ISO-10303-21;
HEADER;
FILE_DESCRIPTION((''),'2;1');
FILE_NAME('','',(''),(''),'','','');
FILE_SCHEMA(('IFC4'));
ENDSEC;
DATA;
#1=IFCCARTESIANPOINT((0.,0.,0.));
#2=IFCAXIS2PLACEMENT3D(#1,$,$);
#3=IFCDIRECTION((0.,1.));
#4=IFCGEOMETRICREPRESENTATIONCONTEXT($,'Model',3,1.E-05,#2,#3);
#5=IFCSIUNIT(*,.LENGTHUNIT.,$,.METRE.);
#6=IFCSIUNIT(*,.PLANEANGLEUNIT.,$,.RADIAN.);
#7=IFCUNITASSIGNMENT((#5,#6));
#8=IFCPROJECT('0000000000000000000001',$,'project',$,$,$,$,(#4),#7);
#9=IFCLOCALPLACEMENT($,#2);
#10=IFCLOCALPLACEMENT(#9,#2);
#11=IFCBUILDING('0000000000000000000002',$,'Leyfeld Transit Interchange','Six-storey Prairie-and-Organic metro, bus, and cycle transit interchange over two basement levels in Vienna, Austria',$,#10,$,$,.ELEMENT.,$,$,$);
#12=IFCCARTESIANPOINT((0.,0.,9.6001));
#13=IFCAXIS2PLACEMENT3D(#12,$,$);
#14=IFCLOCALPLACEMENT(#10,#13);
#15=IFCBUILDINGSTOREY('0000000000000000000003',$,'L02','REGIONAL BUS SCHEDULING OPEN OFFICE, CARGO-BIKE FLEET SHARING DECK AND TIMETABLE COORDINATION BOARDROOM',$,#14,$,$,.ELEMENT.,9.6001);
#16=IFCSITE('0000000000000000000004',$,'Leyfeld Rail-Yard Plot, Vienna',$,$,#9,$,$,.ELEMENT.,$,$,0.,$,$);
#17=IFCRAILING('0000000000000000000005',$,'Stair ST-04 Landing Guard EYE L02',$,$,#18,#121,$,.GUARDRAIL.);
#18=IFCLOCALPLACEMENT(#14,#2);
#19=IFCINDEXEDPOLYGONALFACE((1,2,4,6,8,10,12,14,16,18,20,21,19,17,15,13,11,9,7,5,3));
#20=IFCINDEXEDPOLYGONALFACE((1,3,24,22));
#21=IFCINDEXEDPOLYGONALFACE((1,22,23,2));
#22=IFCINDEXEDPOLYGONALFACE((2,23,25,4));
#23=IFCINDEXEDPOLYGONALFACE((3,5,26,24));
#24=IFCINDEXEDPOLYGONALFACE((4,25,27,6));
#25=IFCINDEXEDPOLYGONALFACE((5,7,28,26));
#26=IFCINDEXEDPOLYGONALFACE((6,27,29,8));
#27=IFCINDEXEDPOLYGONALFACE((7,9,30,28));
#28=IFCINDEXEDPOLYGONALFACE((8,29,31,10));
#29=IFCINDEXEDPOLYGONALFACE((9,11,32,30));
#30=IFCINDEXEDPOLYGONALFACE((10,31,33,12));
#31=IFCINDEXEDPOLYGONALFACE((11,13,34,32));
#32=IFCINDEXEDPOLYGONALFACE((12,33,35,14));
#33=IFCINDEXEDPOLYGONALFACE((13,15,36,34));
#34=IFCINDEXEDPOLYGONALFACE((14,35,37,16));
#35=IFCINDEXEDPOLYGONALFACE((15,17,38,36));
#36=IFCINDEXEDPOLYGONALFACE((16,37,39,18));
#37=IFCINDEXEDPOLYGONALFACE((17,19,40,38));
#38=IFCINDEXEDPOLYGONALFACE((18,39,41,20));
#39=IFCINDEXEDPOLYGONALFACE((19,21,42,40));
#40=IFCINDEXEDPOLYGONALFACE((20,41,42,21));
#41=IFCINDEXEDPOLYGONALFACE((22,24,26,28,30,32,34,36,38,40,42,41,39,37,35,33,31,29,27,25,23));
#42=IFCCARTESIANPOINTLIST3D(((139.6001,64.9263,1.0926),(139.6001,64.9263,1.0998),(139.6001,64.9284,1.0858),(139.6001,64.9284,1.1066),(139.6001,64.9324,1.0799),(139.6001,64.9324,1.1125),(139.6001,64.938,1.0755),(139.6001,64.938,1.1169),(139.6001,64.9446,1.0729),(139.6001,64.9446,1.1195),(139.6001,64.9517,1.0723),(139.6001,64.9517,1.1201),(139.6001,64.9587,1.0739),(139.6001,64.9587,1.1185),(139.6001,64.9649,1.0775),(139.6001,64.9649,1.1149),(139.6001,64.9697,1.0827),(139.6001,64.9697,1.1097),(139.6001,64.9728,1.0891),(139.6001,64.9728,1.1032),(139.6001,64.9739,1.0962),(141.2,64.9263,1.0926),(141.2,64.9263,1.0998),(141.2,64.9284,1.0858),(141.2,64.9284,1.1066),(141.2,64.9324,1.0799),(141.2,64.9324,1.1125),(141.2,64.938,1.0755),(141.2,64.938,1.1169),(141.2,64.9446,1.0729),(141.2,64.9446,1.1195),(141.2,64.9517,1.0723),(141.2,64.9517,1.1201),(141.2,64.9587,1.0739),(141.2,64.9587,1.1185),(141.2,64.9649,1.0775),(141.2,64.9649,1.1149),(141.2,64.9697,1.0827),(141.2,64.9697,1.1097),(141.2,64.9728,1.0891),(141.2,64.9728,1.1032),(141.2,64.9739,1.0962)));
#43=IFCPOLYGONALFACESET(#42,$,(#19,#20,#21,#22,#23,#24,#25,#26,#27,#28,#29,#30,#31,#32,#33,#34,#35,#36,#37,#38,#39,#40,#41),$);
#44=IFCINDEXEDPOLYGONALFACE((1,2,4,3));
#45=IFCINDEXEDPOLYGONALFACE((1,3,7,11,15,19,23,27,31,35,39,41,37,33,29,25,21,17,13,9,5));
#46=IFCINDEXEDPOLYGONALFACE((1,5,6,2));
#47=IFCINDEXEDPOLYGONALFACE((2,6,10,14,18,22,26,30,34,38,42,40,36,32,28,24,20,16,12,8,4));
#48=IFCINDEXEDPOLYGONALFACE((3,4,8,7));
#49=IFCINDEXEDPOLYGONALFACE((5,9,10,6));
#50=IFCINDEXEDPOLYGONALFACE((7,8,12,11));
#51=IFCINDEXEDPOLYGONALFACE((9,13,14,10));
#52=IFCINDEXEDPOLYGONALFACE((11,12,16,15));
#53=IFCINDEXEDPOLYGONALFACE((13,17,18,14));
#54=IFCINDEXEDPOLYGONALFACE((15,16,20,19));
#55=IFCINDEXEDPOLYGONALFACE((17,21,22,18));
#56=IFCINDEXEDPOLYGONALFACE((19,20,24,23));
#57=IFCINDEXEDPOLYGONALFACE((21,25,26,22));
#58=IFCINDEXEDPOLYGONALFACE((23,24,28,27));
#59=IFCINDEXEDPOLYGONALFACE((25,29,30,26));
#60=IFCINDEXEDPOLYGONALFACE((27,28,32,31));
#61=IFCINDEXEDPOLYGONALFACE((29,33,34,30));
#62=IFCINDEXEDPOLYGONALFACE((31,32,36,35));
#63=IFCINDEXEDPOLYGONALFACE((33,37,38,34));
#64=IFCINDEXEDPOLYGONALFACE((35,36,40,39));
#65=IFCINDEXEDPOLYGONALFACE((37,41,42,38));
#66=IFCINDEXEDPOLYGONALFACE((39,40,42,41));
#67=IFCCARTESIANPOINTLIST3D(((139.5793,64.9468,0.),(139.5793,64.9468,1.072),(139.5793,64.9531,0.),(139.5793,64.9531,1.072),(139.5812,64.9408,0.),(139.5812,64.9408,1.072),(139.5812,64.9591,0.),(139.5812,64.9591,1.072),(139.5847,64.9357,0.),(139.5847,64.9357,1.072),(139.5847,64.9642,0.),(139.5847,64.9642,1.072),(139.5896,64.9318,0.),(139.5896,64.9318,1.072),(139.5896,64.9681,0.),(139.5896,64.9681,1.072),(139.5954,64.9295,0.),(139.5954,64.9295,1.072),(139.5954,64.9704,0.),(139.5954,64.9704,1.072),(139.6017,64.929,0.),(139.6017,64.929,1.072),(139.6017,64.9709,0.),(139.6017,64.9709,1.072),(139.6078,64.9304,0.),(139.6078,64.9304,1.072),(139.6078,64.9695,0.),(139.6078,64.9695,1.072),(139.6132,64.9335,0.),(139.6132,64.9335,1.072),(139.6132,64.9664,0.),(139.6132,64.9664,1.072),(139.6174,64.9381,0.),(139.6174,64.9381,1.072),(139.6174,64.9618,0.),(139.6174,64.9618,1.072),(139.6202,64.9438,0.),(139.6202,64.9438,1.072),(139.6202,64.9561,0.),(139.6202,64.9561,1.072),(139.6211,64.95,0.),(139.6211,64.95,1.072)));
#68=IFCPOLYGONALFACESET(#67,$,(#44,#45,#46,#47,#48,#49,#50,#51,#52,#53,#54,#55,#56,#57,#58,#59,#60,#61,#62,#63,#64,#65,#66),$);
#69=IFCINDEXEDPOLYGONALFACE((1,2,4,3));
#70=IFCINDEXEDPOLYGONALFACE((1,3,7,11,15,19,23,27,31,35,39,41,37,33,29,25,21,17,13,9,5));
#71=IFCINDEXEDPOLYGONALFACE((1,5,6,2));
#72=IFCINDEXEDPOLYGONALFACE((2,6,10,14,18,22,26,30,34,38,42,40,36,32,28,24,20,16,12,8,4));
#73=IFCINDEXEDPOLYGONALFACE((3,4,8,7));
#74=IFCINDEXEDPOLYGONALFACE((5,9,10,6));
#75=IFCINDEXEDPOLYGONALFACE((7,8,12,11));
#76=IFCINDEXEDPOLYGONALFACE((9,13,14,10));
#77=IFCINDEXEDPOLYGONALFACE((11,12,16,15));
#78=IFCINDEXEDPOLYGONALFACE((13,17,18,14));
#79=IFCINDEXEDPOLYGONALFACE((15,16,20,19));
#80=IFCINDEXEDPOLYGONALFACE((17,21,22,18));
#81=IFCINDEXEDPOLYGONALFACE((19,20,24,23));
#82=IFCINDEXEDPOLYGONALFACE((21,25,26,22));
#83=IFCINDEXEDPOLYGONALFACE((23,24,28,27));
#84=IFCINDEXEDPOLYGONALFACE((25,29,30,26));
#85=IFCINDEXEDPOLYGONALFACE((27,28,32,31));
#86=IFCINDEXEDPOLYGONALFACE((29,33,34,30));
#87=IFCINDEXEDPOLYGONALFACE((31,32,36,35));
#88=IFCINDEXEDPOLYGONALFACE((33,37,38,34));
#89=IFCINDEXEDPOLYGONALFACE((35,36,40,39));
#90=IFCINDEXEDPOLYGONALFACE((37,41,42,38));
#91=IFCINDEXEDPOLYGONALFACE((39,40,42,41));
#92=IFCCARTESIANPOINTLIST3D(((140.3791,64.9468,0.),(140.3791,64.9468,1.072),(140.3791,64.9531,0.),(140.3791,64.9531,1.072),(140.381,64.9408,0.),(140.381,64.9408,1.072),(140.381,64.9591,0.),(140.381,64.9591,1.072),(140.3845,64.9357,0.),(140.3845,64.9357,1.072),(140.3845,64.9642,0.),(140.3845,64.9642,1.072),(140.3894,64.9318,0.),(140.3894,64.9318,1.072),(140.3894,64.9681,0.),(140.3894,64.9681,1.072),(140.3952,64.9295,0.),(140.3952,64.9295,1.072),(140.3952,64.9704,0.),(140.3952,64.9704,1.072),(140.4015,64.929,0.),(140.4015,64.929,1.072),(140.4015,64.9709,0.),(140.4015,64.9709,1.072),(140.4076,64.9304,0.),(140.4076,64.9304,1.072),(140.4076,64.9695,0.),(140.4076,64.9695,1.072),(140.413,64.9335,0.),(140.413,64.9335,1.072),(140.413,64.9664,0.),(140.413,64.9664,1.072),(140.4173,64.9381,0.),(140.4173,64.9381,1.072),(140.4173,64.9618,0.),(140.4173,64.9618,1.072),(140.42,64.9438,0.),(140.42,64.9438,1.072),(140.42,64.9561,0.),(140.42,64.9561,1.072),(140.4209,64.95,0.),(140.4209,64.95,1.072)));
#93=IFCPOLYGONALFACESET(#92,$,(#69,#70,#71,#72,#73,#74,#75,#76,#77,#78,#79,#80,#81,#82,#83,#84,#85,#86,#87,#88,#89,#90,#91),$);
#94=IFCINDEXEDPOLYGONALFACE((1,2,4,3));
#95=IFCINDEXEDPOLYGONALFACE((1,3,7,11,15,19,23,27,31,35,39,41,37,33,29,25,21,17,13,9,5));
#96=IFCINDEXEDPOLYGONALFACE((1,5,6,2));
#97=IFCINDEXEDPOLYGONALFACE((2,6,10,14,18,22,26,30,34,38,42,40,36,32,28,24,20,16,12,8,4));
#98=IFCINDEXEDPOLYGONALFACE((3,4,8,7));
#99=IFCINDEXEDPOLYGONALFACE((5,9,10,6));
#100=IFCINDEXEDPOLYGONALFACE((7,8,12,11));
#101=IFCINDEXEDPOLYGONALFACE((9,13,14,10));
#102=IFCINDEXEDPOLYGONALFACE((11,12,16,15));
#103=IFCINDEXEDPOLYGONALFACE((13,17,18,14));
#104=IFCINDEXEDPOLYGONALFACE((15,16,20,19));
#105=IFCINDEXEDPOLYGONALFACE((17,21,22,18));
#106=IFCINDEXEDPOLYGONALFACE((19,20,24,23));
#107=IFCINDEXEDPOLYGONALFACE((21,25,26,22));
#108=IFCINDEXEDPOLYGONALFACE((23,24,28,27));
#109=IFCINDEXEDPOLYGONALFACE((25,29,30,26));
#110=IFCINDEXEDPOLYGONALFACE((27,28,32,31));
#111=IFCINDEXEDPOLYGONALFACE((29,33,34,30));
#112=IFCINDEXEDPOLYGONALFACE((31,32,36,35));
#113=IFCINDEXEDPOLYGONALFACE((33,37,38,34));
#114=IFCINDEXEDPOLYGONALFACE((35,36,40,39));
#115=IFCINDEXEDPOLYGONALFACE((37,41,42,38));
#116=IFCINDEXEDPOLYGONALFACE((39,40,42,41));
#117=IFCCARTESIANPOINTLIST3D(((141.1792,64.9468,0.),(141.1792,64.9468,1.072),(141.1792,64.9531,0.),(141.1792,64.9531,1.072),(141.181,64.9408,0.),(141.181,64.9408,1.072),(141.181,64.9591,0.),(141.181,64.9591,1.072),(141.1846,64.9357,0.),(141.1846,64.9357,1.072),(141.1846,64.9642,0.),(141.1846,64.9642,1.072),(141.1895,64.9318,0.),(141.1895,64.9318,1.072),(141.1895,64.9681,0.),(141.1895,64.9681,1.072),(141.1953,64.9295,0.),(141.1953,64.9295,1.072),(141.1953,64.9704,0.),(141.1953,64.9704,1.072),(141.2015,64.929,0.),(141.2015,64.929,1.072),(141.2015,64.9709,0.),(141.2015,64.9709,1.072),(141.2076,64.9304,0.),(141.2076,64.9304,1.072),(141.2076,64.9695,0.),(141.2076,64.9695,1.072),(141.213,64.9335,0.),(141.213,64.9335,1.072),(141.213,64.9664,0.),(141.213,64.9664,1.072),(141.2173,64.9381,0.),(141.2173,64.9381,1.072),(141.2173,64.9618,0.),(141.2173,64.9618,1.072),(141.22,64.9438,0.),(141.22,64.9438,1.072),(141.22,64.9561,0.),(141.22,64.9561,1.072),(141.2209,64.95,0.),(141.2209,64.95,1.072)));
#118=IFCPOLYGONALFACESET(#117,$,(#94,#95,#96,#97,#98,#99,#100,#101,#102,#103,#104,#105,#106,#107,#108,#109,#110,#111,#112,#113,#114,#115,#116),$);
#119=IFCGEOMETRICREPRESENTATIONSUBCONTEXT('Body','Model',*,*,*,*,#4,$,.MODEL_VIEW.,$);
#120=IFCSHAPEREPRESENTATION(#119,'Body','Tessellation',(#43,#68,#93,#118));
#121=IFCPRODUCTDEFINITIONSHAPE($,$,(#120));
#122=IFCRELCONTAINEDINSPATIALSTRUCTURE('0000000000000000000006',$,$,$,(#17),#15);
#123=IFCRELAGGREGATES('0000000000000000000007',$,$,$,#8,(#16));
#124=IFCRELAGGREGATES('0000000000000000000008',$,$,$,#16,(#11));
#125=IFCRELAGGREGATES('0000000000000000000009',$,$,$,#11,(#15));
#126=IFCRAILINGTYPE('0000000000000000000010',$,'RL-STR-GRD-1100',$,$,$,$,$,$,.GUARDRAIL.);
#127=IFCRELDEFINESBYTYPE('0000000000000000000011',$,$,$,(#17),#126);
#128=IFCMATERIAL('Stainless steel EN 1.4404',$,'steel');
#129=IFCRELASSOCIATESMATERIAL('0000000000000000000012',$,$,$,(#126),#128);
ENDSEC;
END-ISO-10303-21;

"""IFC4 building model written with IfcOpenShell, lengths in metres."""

from ifc_helpers import new_model, si_unit, direction, frame, origin, origin_2d, place, context, subcontext, project, spatial, circle, extrude, material, type_object, element, save


model = new_model("IFC4")

# Units and contexts
model_context = context("Model", 3, precision=1e-05, world=origin(), true_north=direction((0.0, 1.0)))
body_context = subcontext(model_context, "Body", "Model", "MODEL_VIEW")
ifc_project = project(units=[si_unit("LENGTHUNIT", "METRE"), si_unit("PLANEANGLEUNIT", "RADIAN")], contexts=[model_context])

# Site, building, storey
site_placement = place(None, origin())
site = spatial("IfcSite", under=ifc_project, at=site_placement, Name="Leyfeld Rail-Yard Plot, Vienna", CompositionType="ELEMENT", RefElevation=0.0)
building_placement = place(site_placement, origin())
building = spatial("IfcBuilding", under=site, at=building_placement, Name="Leyfeld Transit Interchange", Description="Six-storey Prairie-and-Organic metro, bus, and cycle transit interchange over two basement levels in Vienna, Austria", CompositionType="ELEMENT")
storey_placement = place(building_placement, frame((0.0, 0.0, 9.6001)))
storey = spatial("IfcBuildingStorey", under=building, at=storey_placement, Name="L02", Description="REGIONAL BUS SCHEDULING OPEN OFFICE, CARGO-BIKE FLEET SHARING DECK AND TIMETABLE COORDINATION BOARDROOM", CompositionType="ELEMENT", Elevation=9.6001)

# Railing
ifc_material_1 = material(Name="Stainless steel EN 1.4404", Category="steel")
railing_type_1 = type_object("IfcRailingType", Name="RL-STR-GRD-1100", PredefinedType="GUARDRAIL", material=ifc_material_1)
railing_1_placement = place(storey_placement, frame((139.6001, 64.95, 0.0)))
element("IfcRailing", 1, at=railing_1_placement, inside=storey, type_object=railing_type_1, Name="Stair ST-04 Landing Guard EYE L02", PredefinedType="GUARDRAIL", context=body_context, shape_type="SweptSolid", body=[
    extrude(circle(Radius=0.0239, at=origin_2d()), frame((0.0, 0.0, 1.0962), z_axis=(1.0, 0.0, 0.0), x_axis=(0.0, 1.0, 0.0)), (0.0, 0.0, 1.0), 1.5999),
    extrude(circle(Radius=0.021, at=origin_2d()), origin(), (0.0, 0.0, 1.0), 1.072),
    extrude(circle(Radius=0.021, at=origin_2d()), frame((0.7998, 0.0, 0.0)), (0.0, 0.0, 1.0), 1.072),
    extrude(circle(Radius=0.021, at=origin_2d()), frame((1.5999, 0.0, 0.0)), (0.0, 0.0, 1.0), 1.072),
])

save(model, "model.ifc")
